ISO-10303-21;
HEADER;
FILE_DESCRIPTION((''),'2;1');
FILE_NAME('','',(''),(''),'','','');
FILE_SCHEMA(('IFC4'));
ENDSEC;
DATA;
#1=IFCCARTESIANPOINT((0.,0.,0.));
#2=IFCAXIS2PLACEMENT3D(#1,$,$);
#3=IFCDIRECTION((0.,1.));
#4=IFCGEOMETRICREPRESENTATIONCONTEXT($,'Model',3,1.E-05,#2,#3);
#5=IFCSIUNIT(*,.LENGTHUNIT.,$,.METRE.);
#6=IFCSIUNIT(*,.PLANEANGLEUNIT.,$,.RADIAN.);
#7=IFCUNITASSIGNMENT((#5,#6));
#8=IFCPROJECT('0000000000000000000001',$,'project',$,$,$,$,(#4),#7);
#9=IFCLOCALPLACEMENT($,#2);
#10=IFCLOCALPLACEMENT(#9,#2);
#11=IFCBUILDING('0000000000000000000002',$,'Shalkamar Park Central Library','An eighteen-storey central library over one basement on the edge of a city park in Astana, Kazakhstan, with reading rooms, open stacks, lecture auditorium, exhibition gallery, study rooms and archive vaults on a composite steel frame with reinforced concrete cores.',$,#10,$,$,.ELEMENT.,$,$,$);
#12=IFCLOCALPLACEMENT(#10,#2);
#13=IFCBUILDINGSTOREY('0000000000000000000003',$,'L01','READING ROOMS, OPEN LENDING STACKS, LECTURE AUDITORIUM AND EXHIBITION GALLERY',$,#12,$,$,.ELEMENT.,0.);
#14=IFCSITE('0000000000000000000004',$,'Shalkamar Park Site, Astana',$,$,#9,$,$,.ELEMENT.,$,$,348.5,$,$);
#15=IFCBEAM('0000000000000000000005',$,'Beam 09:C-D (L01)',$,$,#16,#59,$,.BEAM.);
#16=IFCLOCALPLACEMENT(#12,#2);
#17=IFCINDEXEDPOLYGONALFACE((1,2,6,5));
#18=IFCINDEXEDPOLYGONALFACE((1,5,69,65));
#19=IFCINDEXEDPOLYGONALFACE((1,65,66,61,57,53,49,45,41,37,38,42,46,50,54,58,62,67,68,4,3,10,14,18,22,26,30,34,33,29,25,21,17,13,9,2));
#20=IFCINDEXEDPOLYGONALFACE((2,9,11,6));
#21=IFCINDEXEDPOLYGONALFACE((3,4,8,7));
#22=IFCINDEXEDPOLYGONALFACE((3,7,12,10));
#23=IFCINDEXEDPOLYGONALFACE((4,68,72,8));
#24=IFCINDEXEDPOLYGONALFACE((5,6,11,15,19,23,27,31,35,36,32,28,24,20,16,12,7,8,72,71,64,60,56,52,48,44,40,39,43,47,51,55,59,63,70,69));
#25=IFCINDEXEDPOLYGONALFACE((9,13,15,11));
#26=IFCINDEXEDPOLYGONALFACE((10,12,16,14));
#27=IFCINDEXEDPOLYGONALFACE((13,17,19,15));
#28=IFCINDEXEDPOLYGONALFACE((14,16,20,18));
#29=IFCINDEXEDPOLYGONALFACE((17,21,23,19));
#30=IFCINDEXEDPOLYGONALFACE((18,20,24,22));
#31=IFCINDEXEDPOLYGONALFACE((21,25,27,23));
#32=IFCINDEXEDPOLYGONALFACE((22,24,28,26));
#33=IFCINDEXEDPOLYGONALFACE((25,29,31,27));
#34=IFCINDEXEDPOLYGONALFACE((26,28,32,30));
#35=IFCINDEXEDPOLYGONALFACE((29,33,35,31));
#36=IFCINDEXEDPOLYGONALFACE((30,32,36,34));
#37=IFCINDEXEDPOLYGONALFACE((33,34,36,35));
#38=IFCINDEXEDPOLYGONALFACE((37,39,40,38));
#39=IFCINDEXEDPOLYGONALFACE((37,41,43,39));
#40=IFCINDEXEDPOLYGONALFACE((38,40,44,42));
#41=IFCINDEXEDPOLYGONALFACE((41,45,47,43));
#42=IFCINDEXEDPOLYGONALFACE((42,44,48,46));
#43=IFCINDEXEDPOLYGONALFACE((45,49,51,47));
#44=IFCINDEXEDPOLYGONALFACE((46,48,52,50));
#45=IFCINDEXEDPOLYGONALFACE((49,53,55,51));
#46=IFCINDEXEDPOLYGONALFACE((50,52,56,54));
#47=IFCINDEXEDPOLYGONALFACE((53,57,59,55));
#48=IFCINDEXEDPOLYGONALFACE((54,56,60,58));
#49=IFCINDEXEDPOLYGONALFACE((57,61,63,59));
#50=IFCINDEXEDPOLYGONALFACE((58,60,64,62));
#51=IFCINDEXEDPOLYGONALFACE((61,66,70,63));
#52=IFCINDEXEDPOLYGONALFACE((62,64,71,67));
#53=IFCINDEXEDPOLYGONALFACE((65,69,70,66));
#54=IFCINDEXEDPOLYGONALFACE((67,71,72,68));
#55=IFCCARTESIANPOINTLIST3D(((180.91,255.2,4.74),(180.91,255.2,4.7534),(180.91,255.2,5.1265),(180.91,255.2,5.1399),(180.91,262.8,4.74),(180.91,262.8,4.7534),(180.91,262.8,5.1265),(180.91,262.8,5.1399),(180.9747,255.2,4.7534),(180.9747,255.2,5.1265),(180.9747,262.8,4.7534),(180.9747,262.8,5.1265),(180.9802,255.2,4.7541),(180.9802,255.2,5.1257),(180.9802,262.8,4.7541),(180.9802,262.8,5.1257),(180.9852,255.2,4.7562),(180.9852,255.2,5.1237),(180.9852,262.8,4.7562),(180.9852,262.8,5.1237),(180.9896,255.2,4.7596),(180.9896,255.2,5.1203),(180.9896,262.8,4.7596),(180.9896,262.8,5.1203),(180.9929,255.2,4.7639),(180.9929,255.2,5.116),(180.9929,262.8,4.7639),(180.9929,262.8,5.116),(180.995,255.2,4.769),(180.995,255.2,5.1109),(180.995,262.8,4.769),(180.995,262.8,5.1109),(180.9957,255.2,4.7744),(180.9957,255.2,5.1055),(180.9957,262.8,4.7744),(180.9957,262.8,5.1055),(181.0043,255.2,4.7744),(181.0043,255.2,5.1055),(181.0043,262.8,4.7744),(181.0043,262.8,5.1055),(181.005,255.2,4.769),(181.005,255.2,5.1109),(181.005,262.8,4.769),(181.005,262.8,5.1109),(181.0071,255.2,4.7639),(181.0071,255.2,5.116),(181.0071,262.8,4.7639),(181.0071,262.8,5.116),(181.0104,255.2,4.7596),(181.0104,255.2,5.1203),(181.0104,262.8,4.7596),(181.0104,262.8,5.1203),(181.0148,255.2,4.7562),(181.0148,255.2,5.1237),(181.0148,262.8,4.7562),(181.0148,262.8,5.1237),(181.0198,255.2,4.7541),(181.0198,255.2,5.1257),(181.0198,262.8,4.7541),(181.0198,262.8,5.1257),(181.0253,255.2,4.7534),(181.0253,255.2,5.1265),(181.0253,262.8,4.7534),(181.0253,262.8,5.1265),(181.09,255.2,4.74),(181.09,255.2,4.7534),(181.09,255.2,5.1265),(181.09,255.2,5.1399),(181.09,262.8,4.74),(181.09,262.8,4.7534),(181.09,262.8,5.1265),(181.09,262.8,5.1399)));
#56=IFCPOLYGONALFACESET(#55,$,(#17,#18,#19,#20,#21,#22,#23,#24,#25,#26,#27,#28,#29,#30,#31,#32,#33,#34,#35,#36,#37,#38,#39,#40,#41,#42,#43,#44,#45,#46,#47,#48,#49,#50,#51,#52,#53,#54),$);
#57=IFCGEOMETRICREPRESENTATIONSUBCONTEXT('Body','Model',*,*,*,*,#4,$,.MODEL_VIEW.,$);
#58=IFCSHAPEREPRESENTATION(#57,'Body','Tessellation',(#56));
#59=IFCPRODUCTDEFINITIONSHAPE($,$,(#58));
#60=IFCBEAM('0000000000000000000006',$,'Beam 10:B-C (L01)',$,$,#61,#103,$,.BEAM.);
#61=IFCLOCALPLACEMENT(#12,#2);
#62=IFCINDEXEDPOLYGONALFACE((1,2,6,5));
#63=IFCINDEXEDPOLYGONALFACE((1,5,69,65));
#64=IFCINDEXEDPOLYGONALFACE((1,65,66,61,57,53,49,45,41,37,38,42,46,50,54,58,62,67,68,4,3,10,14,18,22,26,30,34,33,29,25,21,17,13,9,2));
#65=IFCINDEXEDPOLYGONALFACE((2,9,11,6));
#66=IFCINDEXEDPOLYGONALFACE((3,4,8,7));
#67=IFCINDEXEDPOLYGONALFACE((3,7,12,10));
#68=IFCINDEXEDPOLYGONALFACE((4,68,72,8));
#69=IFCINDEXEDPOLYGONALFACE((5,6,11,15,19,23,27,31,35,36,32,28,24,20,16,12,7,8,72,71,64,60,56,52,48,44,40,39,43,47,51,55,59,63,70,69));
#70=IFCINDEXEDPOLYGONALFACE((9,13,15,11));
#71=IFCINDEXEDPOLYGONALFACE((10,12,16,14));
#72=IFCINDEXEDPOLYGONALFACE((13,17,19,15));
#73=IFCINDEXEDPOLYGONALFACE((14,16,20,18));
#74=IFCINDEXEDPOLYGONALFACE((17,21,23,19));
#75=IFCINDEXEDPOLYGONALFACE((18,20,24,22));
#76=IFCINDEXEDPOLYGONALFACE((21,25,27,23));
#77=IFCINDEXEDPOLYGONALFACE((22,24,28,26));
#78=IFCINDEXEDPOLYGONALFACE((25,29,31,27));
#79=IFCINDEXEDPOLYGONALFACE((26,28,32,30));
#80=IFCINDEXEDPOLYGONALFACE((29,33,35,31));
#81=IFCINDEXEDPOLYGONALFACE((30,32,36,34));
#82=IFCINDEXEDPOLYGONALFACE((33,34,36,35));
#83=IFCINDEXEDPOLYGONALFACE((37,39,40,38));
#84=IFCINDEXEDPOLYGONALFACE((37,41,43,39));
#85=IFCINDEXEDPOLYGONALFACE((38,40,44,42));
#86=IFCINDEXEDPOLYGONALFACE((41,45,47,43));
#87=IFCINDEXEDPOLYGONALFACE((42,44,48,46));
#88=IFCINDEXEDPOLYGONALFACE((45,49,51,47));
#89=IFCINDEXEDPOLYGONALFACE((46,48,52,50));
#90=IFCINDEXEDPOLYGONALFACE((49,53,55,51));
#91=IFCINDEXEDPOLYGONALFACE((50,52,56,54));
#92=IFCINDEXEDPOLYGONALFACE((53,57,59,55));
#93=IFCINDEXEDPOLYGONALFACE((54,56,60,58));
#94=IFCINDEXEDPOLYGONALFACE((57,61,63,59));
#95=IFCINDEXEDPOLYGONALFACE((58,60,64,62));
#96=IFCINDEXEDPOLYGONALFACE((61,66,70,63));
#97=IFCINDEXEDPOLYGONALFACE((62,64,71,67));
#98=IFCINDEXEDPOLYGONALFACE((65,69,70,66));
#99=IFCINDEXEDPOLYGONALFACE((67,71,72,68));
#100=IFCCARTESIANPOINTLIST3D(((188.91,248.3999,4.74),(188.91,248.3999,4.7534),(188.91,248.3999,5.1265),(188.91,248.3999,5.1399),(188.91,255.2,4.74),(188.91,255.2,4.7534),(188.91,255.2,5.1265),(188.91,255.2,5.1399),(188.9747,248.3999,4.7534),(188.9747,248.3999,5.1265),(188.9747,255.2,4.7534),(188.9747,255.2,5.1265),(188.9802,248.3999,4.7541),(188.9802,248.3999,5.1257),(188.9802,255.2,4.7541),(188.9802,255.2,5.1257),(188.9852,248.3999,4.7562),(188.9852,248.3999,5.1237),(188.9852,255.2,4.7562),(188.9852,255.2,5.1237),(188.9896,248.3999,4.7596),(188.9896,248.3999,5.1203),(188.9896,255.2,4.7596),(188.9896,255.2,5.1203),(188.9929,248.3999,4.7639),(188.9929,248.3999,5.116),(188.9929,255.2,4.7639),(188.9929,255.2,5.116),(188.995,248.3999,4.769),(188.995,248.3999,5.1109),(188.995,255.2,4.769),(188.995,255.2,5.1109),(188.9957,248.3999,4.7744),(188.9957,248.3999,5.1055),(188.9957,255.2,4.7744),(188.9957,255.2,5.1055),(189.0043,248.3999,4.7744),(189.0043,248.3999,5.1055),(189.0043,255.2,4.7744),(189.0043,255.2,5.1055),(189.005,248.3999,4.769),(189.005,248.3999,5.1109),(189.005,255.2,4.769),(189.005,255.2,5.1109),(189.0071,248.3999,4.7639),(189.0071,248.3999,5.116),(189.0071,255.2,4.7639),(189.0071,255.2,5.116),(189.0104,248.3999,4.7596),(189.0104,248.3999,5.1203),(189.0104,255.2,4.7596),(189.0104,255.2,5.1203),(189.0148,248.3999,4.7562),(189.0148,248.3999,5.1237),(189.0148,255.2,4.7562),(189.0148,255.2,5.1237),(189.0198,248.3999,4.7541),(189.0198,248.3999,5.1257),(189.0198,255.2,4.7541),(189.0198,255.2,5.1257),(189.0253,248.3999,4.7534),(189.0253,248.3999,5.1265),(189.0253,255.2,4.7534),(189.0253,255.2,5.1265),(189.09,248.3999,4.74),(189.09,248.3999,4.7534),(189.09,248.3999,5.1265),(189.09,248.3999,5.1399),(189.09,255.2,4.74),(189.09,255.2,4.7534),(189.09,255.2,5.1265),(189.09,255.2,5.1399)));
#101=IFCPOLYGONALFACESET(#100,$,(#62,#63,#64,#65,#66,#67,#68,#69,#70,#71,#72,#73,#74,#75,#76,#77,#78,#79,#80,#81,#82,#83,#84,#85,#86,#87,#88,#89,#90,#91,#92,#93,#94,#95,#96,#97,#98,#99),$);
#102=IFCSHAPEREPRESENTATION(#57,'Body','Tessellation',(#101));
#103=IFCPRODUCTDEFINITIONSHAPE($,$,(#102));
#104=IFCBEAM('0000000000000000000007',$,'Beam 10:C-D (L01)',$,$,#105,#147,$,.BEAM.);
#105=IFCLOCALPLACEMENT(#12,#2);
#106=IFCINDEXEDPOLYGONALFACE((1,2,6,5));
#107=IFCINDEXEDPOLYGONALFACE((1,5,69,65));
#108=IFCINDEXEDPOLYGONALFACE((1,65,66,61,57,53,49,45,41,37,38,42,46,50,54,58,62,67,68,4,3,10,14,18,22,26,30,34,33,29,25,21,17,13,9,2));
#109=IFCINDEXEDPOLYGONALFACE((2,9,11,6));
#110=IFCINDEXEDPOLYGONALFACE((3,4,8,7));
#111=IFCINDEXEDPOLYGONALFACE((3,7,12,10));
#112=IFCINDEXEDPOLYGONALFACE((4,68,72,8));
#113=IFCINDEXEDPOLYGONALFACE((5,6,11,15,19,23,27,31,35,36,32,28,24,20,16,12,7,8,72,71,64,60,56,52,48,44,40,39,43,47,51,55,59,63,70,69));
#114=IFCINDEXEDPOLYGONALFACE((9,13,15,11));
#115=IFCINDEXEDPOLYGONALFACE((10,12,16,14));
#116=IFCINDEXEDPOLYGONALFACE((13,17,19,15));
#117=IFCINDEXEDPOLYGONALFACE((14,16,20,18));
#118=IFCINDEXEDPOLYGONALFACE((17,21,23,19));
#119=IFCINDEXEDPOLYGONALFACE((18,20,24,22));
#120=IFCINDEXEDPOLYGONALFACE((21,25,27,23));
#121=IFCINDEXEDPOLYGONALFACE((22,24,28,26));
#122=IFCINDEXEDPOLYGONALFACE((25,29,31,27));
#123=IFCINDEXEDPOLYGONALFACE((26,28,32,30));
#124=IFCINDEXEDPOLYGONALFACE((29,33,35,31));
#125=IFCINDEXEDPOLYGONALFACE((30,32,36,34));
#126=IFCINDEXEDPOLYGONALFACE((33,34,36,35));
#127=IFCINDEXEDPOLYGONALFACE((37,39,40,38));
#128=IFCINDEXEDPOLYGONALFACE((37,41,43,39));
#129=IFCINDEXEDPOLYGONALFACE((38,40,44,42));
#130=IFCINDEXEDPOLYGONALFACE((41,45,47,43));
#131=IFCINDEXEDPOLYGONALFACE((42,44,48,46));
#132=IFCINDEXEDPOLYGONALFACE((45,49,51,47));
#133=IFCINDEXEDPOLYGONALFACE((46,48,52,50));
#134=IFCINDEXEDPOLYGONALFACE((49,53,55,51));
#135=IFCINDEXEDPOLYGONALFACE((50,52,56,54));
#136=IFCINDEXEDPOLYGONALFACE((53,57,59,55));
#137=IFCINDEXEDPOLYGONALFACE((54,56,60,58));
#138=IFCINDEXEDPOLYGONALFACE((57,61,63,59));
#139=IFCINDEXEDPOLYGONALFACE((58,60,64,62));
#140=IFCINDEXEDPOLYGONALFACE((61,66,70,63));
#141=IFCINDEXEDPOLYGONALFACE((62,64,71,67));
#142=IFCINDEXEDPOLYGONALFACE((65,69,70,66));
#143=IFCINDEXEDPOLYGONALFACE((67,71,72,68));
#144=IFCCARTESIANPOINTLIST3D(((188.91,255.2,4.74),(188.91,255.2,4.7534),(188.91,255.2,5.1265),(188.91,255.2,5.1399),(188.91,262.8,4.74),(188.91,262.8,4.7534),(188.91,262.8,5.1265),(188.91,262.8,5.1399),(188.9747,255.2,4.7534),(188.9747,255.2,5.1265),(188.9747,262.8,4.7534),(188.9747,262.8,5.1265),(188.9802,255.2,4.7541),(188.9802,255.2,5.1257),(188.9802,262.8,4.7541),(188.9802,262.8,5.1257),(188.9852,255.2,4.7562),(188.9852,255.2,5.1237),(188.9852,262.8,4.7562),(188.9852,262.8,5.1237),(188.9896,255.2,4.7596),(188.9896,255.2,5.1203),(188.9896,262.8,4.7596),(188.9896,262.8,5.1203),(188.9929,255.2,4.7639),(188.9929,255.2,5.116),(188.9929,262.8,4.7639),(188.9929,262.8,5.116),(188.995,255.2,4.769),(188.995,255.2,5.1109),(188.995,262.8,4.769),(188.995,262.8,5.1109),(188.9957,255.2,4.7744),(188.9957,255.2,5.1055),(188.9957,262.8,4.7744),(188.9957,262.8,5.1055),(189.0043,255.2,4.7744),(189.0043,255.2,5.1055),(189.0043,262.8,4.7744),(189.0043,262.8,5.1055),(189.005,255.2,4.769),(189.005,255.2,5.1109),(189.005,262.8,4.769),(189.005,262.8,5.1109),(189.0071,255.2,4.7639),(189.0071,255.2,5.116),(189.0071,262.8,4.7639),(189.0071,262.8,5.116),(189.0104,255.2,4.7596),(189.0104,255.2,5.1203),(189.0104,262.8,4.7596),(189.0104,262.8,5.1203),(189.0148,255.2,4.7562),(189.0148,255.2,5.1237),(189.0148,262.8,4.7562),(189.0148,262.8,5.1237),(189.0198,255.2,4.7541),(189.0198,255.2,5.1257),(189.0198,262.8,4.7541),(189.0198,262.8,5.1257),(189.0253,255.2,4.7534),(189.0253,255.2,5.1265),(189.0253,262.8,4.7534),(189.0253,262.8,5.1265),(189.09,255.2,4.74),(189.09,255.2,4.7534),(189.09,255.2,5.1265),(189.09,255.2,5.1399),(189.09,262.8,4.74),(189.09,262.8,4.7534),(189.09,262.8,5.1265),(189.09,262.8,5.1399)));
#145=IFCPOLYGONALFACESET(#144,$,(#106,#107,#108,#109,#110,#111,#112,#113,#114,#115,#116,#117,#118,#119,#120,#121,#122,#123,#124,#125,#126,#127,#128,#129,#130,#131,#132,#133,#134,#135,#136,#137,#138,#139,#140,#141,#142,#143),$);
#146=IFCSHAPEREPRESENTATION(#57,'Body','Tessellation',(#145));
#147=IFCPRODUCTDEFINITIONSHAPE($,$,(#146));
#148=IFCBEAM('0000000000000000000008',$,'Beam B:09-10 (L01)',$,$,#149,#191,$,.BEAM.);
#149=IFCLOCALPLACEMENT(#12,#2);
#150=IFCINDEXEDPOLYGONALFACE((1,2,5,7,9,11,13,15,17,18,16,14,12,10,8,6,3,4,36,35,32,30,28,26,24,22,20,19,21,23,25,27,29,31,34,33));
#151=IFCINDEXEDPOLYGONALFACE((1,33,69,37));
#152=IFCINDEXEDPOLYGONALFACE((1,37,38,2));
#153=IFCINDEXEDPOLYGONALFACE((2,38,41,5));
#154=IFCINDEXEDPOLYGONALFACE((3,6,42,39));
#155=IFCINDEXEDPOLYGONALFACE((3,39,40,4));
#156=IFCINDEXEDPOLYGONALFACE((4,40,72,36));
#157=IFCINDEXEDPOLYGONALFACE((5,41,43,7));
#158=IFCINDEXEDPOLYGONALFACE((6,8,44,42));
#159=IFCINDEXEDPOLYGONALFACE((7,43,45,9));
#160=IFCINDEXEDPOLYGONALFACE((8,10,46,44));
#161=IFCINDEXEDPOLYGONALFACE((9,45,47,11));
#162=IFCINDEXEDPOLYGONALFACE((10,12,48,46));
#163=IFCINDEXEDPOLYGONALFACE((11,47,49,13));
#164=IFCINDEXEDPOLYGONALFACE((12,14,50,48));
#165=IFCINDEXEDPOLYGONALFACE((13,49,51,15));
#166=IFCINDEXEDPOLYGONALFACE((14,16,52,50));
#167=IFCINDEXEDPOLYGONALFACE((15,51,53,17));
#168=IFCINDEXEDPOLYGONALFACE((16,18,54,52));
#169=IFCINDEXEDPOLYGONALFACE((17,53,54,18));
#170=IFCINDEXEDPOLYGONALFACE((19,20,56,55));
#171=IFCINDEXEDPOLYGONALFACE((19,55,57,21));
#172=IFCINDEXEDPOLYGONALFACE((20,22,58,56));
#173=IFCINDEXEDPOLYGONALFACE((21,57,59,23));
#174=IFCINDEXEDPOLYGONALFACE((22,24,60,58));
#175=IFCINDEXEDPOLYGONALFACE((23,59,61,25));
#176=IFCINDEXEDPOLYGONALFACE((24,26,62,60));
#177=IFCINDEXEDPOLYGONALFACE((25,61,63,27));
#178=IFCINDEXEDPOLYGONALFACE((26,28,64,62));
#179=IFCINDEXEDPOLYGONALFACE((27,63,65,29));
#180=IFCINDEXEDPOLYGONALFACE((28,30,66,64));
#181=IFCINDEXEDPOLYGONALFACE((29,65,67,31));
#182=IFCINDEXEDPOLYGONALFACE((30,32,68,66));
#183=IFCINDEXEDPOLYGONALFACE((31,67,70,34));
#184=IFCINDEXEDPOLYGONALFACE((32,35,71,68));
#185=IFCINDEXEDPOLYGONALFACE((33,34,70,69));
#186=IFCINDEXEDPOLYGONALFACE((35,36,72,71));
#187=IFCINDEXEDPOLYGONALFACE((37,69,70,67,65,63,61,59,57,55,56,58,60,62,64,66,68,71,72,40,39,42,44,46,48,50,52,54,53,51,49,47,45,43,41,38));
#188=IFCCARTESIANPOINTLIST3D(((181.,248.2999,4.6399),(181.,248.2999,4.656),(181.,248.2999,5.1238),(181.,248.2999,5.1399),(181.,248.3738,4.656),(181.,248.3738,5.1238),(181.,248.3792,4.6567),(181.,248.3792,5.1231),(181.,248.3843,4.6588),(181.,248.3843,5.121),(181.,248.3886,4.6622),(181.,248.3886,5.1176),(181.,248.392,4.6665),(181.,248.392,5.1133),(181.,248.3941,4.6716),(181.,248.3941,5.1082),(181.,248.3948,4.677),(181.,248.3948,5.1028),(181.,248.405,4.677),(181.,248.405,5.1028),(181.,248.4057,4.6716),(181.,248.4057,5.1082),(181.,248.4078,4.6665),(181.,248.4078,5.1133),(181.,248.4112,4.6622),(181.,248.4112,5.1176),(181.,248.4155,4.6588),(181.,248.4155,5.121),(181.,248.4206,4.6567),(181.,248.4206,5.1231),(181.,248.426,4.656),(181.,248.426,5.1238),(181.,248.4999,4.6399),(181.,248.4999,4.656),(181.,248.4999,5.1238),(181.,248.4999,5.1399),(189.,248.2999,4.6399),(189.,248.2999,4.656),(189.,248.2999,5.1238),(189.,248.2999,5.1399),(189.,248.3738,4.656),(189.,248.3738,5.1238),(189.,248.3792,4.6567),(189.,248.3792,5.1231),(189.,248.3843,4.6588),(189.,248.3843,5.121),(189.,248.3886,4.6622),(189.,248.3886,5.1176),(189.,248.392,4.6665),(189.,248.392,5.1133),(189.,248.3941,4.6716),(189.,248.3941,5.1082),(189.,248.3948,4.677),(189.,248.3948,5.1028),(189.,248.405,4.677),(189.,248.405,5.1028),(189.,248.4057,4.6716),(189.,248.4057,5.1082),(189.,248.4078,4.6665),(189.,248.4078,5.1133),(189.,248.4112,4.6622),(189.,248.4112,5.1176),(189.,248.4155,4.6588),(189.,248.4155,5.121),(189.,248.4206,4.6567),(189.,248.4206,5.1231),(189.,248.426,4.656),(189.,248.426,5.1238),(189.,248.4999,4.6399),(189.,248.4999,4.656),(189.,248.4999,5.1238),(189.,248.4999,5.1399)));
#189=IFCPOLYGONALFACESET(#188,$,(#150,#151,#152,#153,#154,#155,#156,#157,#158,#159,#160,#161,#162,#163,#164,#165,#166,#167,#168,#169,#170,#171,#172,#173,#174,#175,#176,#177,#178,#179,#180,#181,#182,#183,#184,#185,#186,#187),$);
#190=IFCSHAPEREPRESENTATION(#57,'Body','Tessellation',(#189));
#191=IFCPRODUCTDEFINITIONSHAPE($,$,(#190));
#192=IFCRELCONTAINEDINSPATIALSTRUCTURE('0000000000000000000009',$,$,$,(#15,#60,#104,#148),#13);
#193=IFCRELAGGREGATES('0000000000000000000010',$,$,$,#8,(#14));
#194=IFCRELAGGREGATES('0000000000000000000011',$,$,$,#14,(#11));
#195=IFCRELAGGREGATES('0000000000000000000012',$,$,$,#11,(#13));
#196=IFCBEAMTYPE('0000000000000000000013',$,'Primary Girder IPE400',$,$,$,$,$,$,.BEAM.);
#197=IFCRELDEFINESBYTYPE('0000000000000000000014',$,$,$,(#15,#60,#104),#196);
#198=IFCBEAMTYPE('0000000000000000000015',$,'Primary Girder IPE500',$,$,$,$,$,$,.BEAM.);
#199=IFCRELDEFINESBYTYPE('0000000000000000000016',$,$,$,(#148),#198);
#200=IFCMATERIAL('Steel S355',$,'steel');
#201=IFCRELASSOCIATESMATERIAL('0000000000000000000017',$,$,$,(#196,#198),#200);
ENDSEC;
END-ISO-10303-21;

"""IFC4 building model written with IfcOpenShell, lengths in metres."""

from ifc_helpers import new_model, si_unit, direction, frame, origin, origin_2d, place, context, subcontext, project, spatial, i_section, extrude, material, material_profile, profile_set, type_object, element, save


model = new_model("IFC4")

# Units and contexts
model_context = context("Model", 3, precision=1e-05, world=origin(), true_north=direction((0.0, 1.0)))
body_context = subcontext(model_context, "Body", "Model", "MODEL_VIEW")
ifc_project = project(units=[si_unit("LENGTHUNIT", "METRE"), si_unit("PLANEANGLEUNIT", "RADIAN")], contexts=[model_context])

# Site, building, storey
site_placement = place(None, origin())
site = spatial("IfcSite", under=ifc_project, at=site_placement, Name="Shalkamar Park Site, Astana", CompositionType="ELEMENT", RefElevation=348.5)
building_placement = place(site_placement, origin())
building = spatial("IfcBuilding", under=site, at=building_placement, Name="Shalkamar Park Central Library", Description="An eighteen-storey central library over one basement on the edge of a city park in Astana, Kazakhstan, with reading rooms, open stacks, lecture auditorium, exhibition gallery, study rooms and archive vaults on a composite steel frame with reinforced concrete cores.", CompositionType="ELEMENT")
storey_placement = place(building_placement, origin())
storey = spatial("IfcBuildingStorey", under=building, at=storey_placement, Name="L01", Description="READING ROOMS, OPEN LENDING STACKS, LECTURE AUDITORIUM AND EXHIBITION GALLERY", CompositionType="ELEMENT", Elevation=0.0)

# Shared definitions
ifc_material_1 = material(Name="Steel S355", Category="steel")

# Beams
ifc_material_profile_1 = material_profile(ifc_material_1, i_section(OverallWidth=0.1799, OverallDepth=0.3999, WebThickness=0.0085, FlangeThickness=0.0134, FilletRadius=0.021, at=origin_2d()), Name="IPE 400")
ifc_profile_set_1 = profile_set([ifc_material_profile_1], Name="Steel S355")
beam_type_1 = type_object("IfcBeamType", Name="Primary Girder IPE400", PredefinedType="BEAM", material=ifc_profile_set_1)
beam_1_placement = place(storey_placement, frame((181.0, 255.2, 4.9399), z_axis=(0.0, 1.0, 0.0), x_axis=(-1.0, 0.0, 0.0)))
element("IfcBeam", 1, at=beam_1_placement, inside=storey, type_object=beam_type_1, Name="Beam 09:C-D (L01)", PredefinedType="BEAM", context=body_context, shape_type="SweptSolid", body=[
    extrude(i_section(OverallWidth=0.1799, OverallDepth=0.3999, WebThickness=0.0085, FlangeThickness=0.0134, FilletRadius=0.021, at=origin_2d()), origin(), (0.0, 0.0, 1.0), 7.6001),
])
beam_2_placement = place(storey_placement, frame((189.0, 248.3999, 4.9399), z_axis=(0.0, 1.0, 0.0), x_axis=(-1.0, 0.0, 0.0)))
element("IfcBeam", 2, at=beam_2_placement, inside=storey, type_object=beam_type_1, Name="Beam 10:B-C (L01)", PredefinedType="BEAM", context=body_context, shape_type="SweptSolid", body=[
    extrude(i_section(OverallWidth=0.1799, OverallDepth=0.3999, WebThickness=0.0085, FlangeThickness=0.0134, FilletRadius=0.021, at=origin_2d()), origin(), (0.0, 0.0, 1.0), 6.8),
])
beam_3_placement = place(storey_placement, frame((189.0, 255.2, 4.9399), z_axis=(0.0, 1.0, 0.0), x_axis=(-1.0, 0.0, 0.0)))
element("IfcBeam", 3, at=beam_3_placement, inside=storey, type_object=beam_type_1, Name="Beam 10:C-D (L01)", PredefinedType="BEAM", context=body_context, shape_type="SweptSolid", body=[
    extrude(i_section(OverallWidth=0.1799, OverallDepth=0.3999, WebThickness=0.0085, FlangeThickness=0.0134, FilletRadius=0.021, at=origin_2d()), origin(), (0.0, 0.0, 1.0), 7.6001),
])
ifc_material_profile_2 = material_profile(ifc_material_1, i_section(OverallWidth=0.2, OverallDepth=0.5, WebThickness=0.0103, FlangeThickness=0.0161, FilletRadius=0.021, at=origin_2d()), Name="IPE 500")
ifc_profile_set_2 = profile_set([ifc_material_profile_2], Name="Steel S355")
beam_type_2 = type_object("IfcBeamType", Name="Primary Girder IPE500", PredefinedType="BEAM", material=ifc_profile_set_2)
for number, where, z_axis, x_axis, name in (
    (4, (181.0, 248.3999, 4.8899), (1.0, 0.0, 0.0), (0.0, 1.0, 0.0), "Beam B:09-10 (L01)"),
):
    element("IfcBeam", number, at=place(storey_placement, frame(where, z_axis=z_axis, x_axis=x_axis)), inside=storey, type_object=beam_type_2, Name=name, PredefinedType="BEAM", context=body_context, shape_type="SweptSolid", body=[
        extrude(i_section(OverallWidth=0.2, OverallDepth=0.5, WebThickness=0.0103, FlangeThickness=0.0161, FilletRadius=0.021, at=origin_2d()), origin(), (0.0, 0.0, 1.0), 8.0),
    ])

save(model, "model.ifc")
